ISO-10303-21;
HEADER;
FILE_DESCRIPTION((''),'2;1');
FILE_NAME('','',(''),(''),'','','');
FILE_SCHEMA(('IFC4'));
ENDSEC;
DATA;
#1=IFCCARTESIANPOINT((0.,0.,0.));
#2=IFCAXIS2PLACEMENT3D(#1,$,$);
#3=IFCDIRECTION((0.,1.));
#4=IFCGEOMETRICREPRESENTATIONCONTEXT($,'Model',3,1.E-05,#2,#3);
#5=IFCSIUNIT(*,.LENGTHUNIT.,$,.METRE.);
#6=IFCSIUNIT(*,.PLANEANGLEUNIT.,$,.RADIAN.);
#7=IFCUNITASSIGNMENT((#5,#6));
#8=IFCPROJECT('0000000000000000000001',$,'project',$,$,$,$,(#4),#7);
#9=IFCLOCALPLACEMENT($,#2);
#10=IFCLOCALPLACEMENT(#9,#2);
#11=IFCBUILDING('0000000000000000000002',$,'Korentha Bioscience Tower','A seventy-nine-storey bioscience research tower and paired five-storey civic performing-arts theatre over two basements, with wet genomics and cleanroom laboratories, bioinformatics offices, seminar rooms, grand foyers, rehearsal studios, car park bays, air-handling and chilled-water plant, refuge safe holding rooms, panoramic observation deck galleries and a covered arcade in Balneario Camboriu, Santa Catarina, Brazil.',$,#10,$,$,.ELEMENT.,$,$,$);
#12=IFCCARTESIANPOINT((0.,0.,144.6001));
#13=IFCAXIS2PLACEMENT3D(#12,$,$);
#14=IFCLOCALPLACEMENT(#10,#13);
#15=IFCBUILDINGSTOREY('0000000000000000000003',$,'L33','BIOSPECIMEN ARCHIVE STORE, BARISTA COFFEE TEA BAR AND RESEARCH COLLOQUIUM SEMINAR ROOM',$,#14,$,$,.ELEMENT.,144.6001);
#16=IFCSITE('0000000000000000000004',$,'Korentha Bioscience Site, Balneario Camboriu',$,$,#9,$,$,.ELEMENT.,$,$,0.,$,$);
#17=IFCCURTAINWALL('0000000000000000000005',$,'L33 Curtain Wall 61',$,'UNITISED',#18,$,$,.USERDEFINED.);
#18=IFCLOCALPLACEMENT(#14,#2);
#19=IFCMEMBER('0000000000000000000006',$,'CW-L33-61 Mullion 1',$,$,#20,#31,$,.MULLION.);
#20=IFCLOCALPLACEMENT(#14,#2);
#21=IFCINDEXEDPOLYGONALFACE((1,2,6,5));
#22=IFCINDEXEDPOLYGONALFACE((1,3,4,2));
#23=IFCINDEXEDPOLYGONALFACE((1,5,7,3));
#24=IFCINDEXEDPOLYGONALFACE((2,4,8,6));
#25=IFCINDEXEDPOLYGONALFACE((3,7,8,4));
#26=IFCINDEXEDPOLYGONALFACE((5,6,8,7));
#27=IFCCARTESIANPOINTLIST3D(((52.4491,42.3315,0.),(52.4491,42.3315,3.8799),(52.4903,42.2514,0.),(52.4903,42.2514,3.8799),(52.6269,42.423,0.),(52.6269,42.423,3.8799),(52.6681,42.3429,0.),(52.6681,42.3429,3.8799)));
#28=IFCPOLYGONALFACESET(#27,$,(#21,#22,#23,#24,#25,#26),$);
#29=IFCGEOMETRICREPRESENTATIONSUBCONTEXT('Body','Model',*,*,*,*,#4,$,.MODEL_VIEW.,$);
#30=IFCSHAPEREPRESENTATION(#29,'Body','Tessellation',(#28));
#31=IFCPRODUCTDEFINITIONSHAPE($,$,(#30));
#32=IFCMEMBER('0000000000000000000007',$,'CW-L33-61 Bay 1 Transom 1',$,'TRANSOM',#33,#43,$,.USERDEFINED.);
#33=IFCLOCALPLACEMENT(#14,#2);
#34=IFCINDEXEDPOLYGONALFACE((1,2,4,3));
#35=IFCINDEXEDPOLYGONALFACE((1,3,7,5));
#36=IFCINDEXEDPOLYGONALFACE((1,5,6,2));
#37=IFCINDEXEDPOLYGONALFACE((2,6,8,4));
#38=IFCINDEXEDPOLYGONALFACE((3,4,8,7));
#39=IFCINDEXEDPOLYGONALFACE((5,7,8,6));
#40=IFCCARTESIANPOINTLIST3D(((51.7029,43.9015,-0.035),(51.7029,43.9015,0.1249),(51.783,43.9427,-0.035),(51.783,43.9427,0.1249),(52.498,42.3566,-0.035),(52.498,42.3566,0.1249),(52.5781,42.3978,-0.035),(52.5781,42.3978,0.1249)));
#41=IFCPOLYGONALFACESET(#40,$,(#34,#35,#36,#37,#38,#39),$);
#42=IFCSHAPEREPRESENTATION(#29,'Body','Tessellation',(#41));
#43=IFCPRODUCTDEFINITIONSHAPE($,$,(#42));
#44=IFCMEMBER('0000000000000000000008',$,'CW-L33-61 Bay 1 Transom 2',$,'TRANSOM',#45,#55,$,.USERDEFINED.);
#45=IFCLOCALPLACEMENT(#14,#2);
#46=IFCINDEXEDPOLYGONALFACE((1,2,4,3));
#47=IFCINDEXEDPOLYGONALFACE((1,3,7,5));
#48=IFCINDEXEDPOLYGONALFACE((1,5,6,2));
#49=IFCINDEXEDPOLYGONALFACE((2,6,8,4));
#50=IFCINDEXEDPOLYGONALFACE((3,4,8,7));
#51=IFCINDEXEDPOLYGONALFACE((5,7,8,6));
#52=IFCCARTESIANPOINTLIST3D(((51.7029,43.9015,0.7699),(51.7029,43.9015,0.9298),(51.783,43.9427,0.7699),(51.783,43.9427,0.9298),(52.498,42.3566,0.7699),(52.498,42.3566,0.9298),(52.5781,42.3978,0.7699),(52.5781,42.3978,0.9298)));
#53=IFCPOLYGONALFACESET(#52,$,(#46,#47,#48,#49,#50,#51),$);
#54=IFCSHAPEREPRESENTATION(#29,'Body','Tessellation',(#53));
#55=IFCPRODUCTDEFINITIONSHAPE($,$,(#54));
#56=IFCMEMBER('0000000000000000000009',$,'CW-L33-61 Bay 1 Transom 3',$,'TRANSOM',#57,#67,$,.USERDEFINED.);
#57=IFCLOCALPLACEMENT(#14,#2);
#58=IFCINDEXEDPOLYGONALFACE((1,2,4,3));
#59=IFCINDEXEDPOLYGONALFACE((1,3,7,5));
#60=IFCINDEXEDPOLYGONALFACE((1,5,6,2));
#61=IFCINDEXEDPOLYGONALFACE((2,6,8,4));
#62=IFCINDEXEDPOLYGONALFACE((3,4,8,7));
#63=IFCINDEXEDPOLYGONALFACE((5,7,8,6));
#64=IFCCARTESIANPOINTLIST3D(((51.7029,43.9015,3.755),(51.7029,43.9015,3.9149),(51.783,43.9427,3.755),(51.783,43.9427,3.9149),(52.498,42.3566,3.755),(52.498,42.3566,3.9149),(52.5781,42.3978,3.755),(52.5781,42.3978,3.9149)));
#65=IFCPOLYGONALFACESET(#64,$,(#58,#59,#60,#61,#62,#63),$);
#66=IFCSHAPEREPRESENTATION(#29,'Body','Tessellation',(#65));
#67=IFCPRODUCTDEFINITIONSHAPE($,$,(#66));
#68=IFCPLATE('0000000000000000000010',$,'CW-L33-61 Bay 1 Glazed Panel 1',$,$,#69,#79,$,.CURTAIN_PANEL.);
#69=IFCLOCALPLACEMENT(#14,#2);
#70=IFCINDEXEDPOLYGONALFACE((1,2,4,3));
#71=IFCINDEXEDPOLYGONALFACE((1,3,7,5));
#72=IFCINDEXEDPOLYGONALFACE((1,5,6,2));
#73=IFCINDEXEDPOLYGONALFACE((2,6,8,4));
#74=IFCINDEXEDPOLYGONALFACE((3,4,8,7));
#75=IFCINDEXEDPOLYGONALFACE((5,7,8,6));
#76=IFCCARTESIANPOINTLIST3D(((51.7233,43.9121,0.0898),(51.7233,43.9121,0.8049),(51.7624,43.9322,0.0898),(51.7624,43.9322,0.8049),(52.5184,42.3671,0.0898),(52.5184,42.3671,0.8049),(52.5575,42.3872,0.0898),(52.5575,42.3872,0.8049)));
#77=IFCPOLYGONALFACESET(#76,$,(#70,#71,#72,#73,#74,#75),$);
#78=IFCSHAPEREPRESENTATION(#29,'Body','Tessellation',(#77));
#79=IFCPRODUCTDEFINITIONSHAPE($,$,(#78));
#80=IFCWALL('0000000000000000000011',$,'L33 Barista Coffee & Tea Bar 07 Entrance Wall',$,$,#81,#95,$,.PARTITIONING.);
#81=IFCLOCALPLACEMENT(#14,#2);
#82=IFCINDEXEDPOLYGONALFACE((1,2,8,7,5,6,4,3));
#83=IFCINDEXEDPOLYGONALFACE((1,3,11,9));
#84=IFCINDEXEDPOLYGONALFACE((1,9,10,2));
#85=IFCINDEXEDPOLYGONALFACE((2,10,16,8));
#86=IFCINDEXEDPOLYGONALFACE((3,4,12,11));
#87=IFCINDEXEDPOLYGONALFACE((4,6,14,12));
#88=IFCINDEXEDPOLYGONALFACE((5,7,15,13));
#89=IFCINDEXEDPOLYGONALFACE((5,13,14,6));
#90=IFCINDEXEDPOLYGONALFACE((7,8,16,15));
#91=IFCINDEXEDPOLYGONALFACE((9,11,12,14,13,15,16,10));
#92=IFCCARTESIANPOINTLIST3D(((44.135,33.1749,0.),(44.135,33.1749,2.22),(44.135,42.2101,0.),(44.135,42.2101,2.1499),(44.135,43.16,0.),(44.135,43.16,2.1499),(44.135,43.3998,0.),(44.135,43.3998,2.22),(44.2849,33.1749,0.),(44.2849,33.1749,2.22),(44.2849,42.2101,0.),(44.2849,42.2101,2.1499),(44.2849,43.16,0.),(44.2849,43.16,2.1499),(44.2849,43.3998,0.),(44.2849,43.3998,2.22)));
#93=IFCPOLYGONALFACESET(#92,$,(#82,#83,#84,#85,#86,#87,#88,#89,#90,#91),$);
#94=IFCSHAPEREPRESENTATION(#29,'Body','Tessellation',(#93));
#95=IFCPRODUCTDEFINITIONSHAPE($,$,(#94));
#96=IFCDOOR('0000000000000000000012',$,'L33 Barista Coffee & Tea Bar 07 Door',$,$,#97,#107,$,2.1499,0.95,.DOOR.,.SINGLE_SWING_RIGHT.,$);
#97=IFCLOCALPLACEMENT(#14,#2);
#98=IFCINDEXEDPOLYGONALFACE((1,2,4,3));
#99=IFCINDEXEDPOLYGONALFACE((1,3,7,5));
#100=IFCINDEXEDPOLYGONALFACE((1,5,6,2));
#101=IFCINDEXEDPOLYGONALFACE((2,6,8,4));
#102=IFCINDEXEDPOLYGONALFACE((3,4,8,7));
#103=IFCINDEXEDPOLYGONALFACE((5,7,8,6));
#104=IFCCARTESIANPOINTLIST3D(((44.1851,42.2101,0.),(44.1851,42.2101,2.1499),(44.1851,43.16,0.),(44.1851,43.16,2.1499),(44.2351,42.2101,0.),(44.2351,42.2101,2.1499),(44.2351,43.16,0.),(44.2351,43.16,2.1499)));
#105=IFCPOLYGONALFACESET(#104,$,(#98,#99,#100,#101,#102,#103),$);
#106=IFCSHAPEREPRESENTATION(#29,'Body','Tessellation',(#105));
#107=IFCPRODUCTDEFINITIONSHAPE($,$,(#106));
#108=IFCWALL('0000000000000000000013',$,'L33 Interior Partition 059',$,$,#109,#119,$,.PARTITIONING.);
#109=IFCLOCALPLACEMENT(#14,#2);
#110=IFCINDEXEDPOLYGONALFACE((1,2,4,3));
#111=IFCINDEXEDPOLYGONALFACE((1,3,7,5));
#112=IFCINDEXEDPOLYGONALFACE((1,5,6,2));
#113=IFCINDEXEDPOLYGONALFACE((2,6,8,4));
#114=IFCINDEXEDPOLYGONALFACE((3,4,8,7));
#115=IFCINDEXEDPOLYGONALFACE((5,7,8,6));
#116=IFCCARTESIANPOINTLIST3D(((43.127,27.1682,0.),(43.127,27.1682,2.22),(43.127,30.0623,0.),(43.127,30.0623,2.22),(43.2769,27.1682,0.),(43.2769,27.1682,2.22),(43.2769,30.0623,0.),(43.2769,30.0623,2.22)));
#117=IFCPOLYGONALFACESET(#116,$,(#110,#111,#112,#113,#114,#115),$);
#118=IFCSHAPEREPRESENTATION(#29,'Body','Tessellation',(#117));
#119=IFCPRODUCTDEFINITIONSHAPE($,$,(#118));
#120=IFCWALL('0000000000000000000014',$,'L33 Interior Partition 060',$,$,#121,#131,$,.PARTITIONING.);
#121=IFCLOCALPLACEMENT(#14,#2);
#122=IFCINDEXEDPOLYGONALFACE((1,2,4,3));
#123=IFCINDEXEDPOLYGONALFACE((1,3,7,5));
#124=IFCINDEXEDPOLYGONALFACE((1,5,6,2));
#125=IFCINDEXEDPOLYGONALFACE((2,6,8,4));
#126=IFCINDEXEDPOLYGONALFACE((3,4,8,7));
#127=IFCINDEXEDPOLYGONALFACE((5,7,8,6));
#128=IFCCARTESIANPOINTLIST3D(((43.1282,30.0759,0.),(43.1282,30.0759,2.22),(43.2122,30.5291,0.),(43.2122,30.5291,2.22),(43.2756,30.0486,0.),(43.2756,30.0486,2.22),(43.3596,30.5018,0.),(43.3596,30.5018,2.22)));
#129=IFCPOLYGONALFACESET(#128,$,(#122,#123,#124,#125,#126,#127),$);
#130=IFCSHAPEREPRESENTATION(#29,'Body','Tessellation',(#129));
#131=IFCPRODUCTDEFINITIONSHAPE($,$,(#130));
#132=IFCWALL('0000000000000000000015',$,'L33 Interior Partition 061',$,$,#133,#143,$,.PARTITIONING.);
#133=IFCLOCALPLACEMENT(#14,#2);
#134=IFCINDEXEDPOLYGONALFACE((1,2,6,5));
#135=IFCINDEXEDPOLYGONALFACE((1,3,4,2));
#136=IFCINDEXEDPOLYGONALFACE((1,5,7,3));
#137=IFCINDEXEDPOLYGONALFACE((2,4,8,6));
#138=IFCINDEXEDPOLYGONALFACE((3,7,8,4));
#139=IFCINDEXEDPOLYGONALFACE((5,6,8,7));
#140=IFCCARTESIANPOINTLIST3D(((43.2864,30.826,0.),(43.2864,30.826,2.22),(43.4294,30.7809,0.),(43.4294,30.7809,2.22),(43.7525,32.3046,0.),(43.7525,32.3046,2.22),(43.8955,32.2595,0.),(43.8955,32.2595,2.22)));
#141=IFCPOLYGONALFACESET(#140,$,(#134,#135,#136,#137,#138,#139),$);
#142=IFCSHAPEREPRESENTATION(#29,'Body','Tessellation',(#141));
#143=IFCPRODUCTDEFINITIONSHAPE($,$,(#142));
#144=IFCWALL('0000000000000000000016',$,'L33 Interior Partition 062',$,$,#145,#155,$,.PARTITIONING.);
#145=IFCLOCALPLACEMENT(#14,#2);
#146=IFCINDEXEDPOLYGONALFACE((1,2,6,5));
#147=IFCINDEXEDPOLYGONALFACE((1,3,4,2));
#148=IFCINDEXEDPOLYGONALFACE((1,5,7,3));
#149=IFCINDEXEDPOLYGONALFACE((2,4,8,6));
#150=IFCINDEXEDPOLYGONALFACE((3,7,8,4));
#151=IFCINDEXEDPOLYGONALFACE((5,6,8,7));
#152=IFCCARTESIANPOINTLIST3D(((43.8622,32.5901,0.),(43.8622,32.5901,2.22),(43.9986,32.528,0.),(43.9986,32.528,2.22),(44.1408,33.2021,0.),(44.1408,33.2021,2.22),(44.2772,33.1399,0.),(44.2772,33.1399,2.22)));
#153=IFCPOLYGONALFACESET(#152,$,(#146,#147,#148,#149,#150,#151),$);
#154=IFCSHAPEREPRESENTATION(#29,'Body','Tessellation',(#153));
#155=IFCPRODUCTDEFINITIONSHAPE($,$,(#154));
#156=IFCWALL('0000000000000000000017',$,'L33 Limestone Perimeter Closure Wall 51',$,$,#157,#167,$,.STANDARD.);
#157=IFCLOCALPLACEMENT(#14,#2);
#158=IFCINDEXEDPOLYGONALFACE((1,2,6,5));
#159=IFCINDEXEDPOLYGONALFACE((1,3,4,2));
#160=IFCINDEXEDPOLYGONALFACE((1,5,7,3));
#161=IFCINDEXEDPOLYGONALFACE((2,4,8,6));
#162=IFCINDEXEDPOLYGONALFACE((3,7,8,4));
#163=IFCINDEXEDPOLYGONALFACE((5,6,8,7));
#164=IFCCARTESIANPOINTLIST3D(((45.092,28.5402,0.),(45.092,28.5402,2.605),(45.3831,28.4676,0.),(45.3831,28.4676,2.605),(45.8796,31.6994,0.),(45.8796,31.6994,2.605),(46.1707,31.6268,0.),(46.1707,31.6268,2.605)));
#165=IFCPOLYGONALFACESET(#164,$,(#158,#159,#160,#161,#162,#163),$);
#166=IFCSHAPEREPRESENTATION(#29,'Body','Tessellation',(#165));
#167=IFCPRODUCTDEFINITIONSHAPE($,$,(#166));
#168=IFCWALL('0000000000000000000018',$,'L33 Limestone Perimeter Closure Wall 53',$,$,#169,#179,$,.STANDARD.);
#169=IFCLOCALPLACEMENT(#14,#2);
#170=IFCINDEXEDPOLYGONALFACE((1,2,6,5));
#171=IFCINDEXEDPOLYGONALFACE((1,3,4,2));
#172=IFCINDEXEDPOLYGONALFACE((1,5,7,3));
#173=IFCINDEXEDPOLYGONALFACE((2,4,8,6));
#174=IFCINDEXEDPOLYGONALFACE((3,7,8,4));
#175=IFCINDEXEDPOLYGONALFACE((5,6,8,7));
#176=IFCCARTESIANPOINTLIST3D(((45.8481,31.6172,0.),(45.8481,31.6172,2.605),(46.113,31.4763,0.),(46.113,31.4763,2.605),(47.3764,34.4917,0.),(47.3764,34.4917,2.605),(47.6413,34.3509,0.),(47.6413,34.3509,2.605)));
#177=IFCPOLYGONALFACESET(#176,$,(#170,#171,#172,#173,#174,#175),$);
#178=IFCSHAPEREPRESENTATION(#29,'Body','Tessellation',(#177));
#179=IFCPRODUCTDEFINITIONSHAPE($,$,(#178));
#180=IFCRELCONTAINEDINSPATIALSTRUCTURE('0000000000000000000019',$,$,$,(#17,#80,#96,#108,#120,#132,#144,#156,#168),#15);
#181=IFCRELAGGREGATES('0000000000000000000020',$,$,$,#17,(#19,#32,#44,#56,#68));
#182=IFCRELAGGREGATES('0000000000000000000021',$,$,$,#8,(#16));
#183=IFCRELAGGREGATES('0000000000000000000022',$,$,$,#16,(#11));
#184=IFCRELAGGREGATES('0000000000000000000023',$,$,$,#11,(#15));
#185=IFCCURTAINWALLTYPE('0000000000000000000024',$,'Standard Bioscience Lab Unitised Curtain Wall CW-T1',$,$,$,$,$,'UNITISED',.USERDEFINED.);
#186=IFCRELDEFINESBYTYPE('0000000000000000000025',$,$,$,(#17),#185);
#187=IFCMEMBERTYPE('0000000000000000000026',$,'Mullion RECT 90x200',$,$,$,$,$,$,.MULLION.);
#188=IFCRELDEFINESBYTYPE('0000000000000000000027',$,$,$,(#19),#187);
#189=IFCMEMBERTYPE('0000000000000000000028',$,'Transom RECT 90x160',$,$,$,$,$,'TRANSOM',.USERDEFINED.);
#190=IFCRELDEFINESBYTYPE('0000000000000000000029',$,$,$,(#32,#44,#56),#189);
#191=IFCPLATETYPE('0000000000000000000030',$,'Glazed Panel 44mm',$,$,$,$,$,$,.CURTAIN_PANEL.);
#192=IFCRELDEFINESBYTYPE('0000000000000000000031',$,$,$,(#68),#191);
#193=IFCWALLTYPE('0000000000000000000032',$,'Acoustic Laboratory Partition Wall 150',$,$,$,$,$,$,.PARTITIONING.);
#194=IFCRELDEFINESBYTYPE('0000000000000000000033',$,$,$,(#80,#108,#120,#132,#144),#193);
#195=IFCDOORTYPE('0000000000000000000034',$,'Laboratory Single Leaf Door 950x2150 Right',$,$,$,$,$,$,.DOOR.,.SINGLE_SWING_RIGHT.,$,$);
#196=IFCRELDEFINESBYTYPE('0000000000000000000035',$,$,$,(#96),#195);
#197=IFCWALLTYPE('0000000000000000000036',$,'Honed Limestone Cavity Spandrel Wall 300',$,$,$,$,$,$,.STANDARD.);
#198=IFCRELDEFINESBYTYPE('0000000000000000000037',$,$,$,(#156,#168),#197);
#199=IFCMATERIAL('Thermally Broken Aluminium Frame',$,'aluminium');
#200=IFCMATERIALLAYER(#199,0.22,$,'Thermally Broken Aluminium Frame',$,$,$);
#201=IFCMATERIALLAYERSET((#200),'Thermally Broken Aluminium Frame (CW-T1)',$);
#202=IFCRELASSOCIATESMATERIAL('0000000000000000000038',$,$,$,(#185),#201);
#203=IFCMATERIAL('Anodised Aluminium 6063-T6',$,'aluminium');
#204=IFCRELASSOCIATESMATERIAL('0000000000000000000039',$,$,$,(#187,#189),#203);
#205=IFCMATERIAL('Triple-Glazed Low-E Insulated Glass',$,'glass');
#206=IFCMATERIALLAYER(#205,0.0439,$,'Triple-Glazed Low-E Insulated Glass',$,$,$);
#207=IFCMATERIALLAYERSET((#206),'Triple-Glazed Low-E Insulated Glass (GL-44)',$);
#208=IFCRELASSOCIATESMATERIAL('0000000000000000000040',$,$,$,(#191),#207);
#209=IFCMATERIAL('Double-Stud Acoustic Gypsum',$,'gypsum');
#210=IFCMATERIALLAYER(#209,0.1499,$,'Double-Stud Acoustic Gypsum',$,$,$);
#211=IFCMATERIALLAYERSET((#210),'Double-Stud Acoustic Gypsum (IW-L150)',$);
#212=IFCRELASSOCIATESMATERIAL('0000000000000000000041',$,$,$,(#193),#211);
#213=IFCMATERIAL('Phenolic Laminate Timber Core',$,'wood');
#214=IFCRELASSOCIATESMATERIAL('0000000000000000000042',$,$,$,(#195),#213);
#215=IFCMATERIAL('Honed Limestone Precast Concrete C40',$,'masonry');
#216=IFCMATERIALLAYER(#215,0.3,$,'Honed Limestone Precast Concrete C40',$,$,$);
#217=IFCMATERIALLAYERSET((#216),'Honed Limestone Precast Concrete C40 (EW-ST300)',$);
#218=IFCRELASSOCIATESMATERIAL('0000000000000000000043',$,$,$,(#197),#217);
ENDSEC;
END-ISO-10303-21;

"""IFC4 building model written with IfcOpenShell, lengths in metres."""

from ifc_helpers import new_model, si_unit, direction, frame, frame_2d, origin, origin_2d, place, context, subcontext, project, spatial, rectangle, extrude, material, layer, layer_set, material_profile, profile_set, type_object, element, fill, aggregate, save


model = new_model("IFC4")

# Units and contexts
model_context = context("Model", 3, precision=1e-05, world=origin(), true_north=direction((0.0, 1.0)))
body_context = subcontext(model_context, "Body", "Model", "MODEL_VIEW")
ifc_project = project(units=[si_unit("LENGTHUNIT", "METRE"), si_unit("PLANEANGLEUNIT", "RADIAN")], contexts=[model_context])

# Site, building, storey
site_placement = place(None, origin())
site = spatial("IfcSite", under=ifc_project, at=site_placement, Name="Korentha Bioscience Site, Balneario Camboriu", CompositionType="ELEMENT", RefElevation=0.0)
building_placement = place(site_placement, origin())
building = spatial("IfcBuilding", under=site, at=building_placement, Name="Korentha Bioscience Tower", Description="A seventy-nine-storey bioscience research tower and paired five-storey civic performing-arts theatre over two basements, with wet genomics and cleanroom laboratories, bioinformatics offices, seminar rooms, grand foyers, rehearsal studios, car park bays, air-handling and chilled-water plant, refuge safe holding rooms, panoramic observation deck galleries and a covered arcade in Balneario Camboriu, Santa Catarina, Brazil.", CompositionType="ELEMENT")
storey_placement = place(building_placement, frame((0.0, 0.0, 144.6001)))
storey = spatial("IfcBuildingStorey", under=building, at=storey_placement, Name="L33", Description="BIOSPECIMEN ARCHIVE STORE, BARISTA COFFEE TEA BAR AND RESEARCH COLLOQUIUM SEMINAR ROOM", CompositionType="ELEMENT", Elevation=144.6001)

# Curtain wall, members, plate
ifc_material_1 = material(Name="Thermally Broken Aluminium Frame", Category="aluminium")
ifc_layer_1 = layer(ifc_material_1, 0.22, Name="Thermally Broken Aluminium Frame")
ifc_layer_set_1 = layer_set([ifc_layer_1], Name="Thermally Broken Aluminium Frame (CW-T1)")
curtain_wall_type = type_object("IfcCurtainWallType", Name="Standard Bioscience Lab Unitised Curtain Wall CW-T1", ElementType="UNITISED", PredefinedType="USERDEFINED", material=ifc_layer_set_1)
curtain_wall_placement = place(storey_placement, origin())
curtain_wall = element("IfcCurtainWall", 1, at=curtain_wall_placement, inside=storey, type_object=curtain_wall_type, Name="L33 Curtain Wall 61", ObjectType="UNITISED", PredefinedType="USERDEFINED")
ifc_material_2 = material(Name="Anodised Aluminium 6063-T6", Category="aluminium")
ifc_material_profile_1 = material_profile(ifc_material_2, rectangle(XDim=0.0901, YDim=0.2, at=origin_2d()), Name="Anodised Aluminium 6063-T6")
ifc_profile_set_1 = profile_set([ifc_material_profile_1], Name="Anodised Aluminium 6063-T6 (CW-MUL)")
member_type_1 = type_object("IfcMemberType", Name="Mullion RECT 90x200", PredefinedType="MULLION", material=ifc_profile_set_1)
member_1_placement = place(storey_placement, frame((52.5586, 42.3372, 0.0), z_axis=(0.0, 0.0, 1.0), x_axis=(-0.457613, 0.889151, 0.0)))
member_1 = element("IfcMember", 2, at=member_1_placement, type_object=member_type_1, Name="CW-L33-61 Mullion 1", PredefinedType="MULLION", context=body_context, shape_type="SweptSolid", body=[
    extrude(rectangle(XDim=0.0901, YDim=0.2, at=origin_2d()), origin(), (0.0, 0.0, 1.0), 3.8799),
])
ifc_material_profile_2 = material_profile(ifc_material_2, rectangle(XDim=0.0901, YDim=0.1599, at=origin_2d()), Name="Anodised Aluminium 6063-T6")
ifc_profile_set_2 = profile_set([ifc_material_profile_2], Name="Anodised Aluminium 6063-T6 (CW-TRN)")
member_type_2 = type_object("IfcMemberType", Name="Transom RECT 90x160", ElementType="TRANSOM", PredefinedType="USERDEFINED", material=ifc_profile_set_2)
member_2_placement = place(storey_placement, frame((52.5381, 42.3772, 0.0449), z_axis=(-0.457637, 0.889139, 0.0), x_axis=(-0.889139, -0.457637, 0.0)))
member_2 = element("IfcMember", 3, at=member_2_placement, type_object=member_type_2, Name="CW-L33-61 Bay 1 Transom 1", ObjectType="TRANSOM", PredefinedType="USERDEFINED", context=body_context, shape_type="SweptSolid", body=[
    extrude(rectangle(XDim=0.0901, YDim=0.1599, at=origin_2d()), origin(), (0.0, 0.0, 1.0), 1.7375),
])
member_3_placement = place(storey_placement, frame((52.5381, 42.3772, 0.8499), z_axis=(-0.457637, 0.889139, 0.0), x_axis=(-0.889139, -0.457637, 0.0)))
member_3 = element("IfcMember", 4, at=member_3_placement, type_object=member_type_2, Name="CW-L33-61 Bay 1 Transom 2", ObjectType="TRANSOM", PredefinedType="USERDEFINED", context=body_context, shape_type="SweptSolid", body=[
    extrude(rectangle(XDim=0.0901, YDim=0.1599, at=origin_2d()), origin(), (0.0, 0.0, 1.0), 1.7375),
])
member_4_placement = place(storey_placement, frame((52.5381, 42.3772, 3.835), z_axis=(-0.457637, 0.889139, 0.0), x_axis=(-0.889139, -0.457637, 0.0)))
member_4 = element("IfcMember", 5, at=member_4_placement, type_object=member_type_2, Name="CW-L33-61 Bay 1 Transom 3", ObjectType="TRANSOM", PredefinedType="USERDEFINED", context=body_context, shape_type="SweptSolid", body=[
    extrude(rectangle(XDim=0.0901, YDim=0.1599, at=origin_2d()), origin(), (0.0, 0.0, 1.0), 1.7375),
])
ifc_material_3 = material(Name="Triple-Glazed Low-E Insulated Glass", Category="glass")
ifc_layer_2 = layer(ifc_material_3, 0.0439, Name="Triple-Glazed Low-E Insulated Glass")
ifc_layer_set_2 = layer_set([ifc_layer_2], Name="Triple-Glazed Low-E Insulated Glass (GL-44)")
plate_type = type_object("IfcPlateType", Name="Glazed Panel 44mm", PredefinedType="CURTAIN_PANEL", material=ifc_layer_set_2)
plate_placement = place(storey_placement, frame((52.1404, 43.1497, 0.0898), z_axis=(0.0, 0.0, 1.0), x_axis=(-0.457613, 0.889151, 0.0)))
plate = element("IfcPlate", 6, at=plate_placement, type_object=plate_type, Name="CW-L33-61 Bay 1 Glazed Panel 1", PredefinedType="CURTAIN_PANEL", context=body_context, shape_type="SweptSolid", body=[
    extrude(rectangle(XDim=1.7375, YDim=0.0439, at=origin_2d()), origin(), (0.0, 0.0, 1.0), 0.7151),
])
aggregate(curtain_wall, [member_1, member_2, member_3, member_4, plate])

# Wall, opening, door
ifc_material_4 = material(Name="Double-Stud Acoustic Gypsum", Category="gypsum")
ifc_layer_3 = layer(ifc_material_4, 0.1499, Name="Double-Stud Acoustic Gypsum")
ifc_layer_set_3 = layer_set([ifc_layer_3], Name="Double-Stud Acoustic Gypsum (IW-L150)")
wall_type_1 = type_object("IfcWallType", Name="Acoustic Laboratory Partition Wall 150", PredefinedType="PARTITIONING", material=ifc_layer_set_3)
wall_1_placement = place(storey_placement, frame((44.21, 33.175, 0.0), z_axis=(0.0, 0.0, 1.0), x_axis=(0.0, 1.0, 0.0)))
wall_1 = element("IfcWall", 7, at=wall_1_placement, inside=storey, type_object=wall_type_1, Name="L33 Barista Coffee & Tea Bar 07 Entrance Wall", PredefinedType="PARTITIONING", context=body_context, shape_type="SweptSolid", body=[
    extrude(rectangle(XDim=10.2249, YDim=0.1499, at=frame_2d((5.1123, 0.0))), origin(), (0.0, 0.0, 1.0), 2.22),
])
opening_placement = place(wall_1_placement, frame((9.0349, 0.0, 0.0)))
opening = element("IfcOpeningElement", 8, at=opening_placement, cuts=wall_1, PredefinedType="OPENING", context=body_context, shape_type="SweptSolid", body=[
    extrude(rectangle(XDim=0.95, YDim=2.1499, at=frame_2d((0.4751, 1.075))), frame((0.0, 0.0898, 0.0), z_axis=(0.0, -1.0, 0.0), x_axis=(1.0, 0.0, 0.0)), (0.0, 0.0, 1.0), 0.1797),
])
ifc_material_5 = material(Name="Phenolic Laminate Timber Core", Category="wood")
door_type = type_object("IfcDoorType", Name="Laboratory Single Leaf Door 950x2150 Right", OperationType="SINGLE_SWING_RIGHT", PredefinedType="DOOR", material=ifc_material_5)
door_placement = place(opening_placement, origin())
door = element("IfcDoor", 9, at=door_placement, inside=storey, type_object=door_type, Name="L33 Barista Coffee & Tea Bar 07 Door", OperationType="SINGLE_SWING_RIGHT", OverallHeight=2.1499, OverallWidth=0.95, PredefinedType="DOOR", context=body_context, shape_type="SweptSolid", body=[
    extrude(rectangle(XDim=0.95, YDim=2.1499, at=frame_2d((0.4751, 1.075))), frame((0.0, 0.0249, 0.0), z_axis=(0.0, -1.0, 0.0), x_axis=(1.0, 0.0, 0.0)), (0.0, 0.0, 1.0), 0.05),
])
fill(opening, door)

# Walls
wall_2_placement = place(storey_placement, frame((43.2019, 27.1682, 0.0), z_axis=(0.0, 0.0, 1.0), x_axis=(0.0, 1.0, 0.0)))
element("IfcWall", 10, at=wall_2_placement, inside=storey, type_object=wall_type_1, Name="L33 Interior Partition 059", PredefinedType="PARTITIONING", context=body_context, shape_type="SweptSolid", body=[
    extrude(rectangle(XDim=2.894, YDim=0.1499, at=frame_2d((1.447, 0.0))), origin(), (0.0, 0.0, 1.0), 2.22),
])
wall_3_placement = place(storey_placement, frame((43.2019, 30.0623, 0.0), z_axis=(0.0, 0.0, 1.0), x_axis=(0.182241, 0.983254, 0.0)))
element("IfcWall", 11, at=wall_3_placement, inside=storey, type_object=wall_type_1, Name="L33 Interior Partition 060", PredefinedType="PARTITIONING", context=body_context, shape_type="SweptSolid", body=[
    extrude(rectangle(XDim=0.4609, YDim=0.1499, at=frame_2d((0.2305, 0.0))), origin(), (0.0, 0.0, 1.0), 2.22),
])
wall_4_placement = place(storey_placement, frame((43.3579, 30.8035, 0.0), z_axis=(0.0, 0.0, 1.0), x_axis=(0.300641, 0.953737, 0.0)))
element("IfcWall", 12, at=wall_4_placement, inside=storey, type_object=wall_type_1, Name="L33 Interior Partition 061", PredefinedType="PARTITIONING", context=body_context, shape_type="SweptSolid", body=[
    extrude(rectangle(XDim=1.5503, YDim=0.1499, at=frame_2d((0.7751, 0.0))), origin(), (0.0, 0.0, 1.0), 2.22),
])
wall_5_placement = place(storey_placement, frame((43.9304, 32.5591, 0.0), z_axis=(0.0, 0.0, 1.0), x_axis=(0.414377, 0.910105, 0.0)))
element("IfcWall", 13, at=wall_5_placement, inside=storey, type_object=wall_type_1, Name="L33 Interior Partition 062", PredefinedType="PARTITIONING", context=body_context, shape_type="SweptSolid", body=[
    extrude(rectangle(XDim=0.6724, YDim=0.1499, at=frame_2d((0.3362, 0.0))), origin(), (0.0, 0.0, 1.0), 2.22),
])
ifc_material_6 = material(Name="Honed Limestone Precast Concrete C40", Category="masonry")
ifc_layer_4 = layer(ifc_material_6, 0.3, Name="Honed Limestone Precast Concrete C40")
ifc_layer_set_4 = layer_set([ifc_layer_4], Name="Honed Limestone Precast Concrete C40 (EW-ST300)")
wall_type_2 = type_object("IfcWallType", Name="Honed Limestone Cavity Spandrel Wall 300", PredefinedType="STANDARD", material=ifc_layer_set_4)
wall_6_placement = place(storey_placement, frame((45.2375, 28.5039, 0.0), z_axis=(0.0, 0.0, 1.0), x_axis=(0.2419, 0.970301, 0.0)))
element("IfcWall", 14, at=wall_6_placement, inside=storey, type_object=wall_type_2, Name="L33 Limestone Perimeter Closure Wall 51", PredefinedType="STANDARD", context=body_context, shape_type="SweptSolid", body=[
    extrude(rectangle(XDim=3.2559, YDim=0.3, at=frame_2d((1.6279, 0.0))), origin(), (0.0, 0.0, 1.0), 2.605),
])
wall_7_placement = place(storey_placement, frame((45.9805, 31.5466, 0.0), z_axis=(0.0, 0.0, 1.0), x_axis=(0.469451, 0.882958, 0.0)))
element("IfcWall", 15, at=wall_7_placement, inside=storey, type_object=wall_type_2, Name="L33 Limestone Perimeter Closure Wall 53", PredefinedType="STANDARD", context=body_context, shape_type="SweptSolid", body=[
    extrude(rectangle(XDim=3.2556, YDim=0.3, at=frame_2d((1.6279, 0.0))), origin(), (0.0, 0.0, 1.0), 2.605),
])

save(model, "model.ifc")
